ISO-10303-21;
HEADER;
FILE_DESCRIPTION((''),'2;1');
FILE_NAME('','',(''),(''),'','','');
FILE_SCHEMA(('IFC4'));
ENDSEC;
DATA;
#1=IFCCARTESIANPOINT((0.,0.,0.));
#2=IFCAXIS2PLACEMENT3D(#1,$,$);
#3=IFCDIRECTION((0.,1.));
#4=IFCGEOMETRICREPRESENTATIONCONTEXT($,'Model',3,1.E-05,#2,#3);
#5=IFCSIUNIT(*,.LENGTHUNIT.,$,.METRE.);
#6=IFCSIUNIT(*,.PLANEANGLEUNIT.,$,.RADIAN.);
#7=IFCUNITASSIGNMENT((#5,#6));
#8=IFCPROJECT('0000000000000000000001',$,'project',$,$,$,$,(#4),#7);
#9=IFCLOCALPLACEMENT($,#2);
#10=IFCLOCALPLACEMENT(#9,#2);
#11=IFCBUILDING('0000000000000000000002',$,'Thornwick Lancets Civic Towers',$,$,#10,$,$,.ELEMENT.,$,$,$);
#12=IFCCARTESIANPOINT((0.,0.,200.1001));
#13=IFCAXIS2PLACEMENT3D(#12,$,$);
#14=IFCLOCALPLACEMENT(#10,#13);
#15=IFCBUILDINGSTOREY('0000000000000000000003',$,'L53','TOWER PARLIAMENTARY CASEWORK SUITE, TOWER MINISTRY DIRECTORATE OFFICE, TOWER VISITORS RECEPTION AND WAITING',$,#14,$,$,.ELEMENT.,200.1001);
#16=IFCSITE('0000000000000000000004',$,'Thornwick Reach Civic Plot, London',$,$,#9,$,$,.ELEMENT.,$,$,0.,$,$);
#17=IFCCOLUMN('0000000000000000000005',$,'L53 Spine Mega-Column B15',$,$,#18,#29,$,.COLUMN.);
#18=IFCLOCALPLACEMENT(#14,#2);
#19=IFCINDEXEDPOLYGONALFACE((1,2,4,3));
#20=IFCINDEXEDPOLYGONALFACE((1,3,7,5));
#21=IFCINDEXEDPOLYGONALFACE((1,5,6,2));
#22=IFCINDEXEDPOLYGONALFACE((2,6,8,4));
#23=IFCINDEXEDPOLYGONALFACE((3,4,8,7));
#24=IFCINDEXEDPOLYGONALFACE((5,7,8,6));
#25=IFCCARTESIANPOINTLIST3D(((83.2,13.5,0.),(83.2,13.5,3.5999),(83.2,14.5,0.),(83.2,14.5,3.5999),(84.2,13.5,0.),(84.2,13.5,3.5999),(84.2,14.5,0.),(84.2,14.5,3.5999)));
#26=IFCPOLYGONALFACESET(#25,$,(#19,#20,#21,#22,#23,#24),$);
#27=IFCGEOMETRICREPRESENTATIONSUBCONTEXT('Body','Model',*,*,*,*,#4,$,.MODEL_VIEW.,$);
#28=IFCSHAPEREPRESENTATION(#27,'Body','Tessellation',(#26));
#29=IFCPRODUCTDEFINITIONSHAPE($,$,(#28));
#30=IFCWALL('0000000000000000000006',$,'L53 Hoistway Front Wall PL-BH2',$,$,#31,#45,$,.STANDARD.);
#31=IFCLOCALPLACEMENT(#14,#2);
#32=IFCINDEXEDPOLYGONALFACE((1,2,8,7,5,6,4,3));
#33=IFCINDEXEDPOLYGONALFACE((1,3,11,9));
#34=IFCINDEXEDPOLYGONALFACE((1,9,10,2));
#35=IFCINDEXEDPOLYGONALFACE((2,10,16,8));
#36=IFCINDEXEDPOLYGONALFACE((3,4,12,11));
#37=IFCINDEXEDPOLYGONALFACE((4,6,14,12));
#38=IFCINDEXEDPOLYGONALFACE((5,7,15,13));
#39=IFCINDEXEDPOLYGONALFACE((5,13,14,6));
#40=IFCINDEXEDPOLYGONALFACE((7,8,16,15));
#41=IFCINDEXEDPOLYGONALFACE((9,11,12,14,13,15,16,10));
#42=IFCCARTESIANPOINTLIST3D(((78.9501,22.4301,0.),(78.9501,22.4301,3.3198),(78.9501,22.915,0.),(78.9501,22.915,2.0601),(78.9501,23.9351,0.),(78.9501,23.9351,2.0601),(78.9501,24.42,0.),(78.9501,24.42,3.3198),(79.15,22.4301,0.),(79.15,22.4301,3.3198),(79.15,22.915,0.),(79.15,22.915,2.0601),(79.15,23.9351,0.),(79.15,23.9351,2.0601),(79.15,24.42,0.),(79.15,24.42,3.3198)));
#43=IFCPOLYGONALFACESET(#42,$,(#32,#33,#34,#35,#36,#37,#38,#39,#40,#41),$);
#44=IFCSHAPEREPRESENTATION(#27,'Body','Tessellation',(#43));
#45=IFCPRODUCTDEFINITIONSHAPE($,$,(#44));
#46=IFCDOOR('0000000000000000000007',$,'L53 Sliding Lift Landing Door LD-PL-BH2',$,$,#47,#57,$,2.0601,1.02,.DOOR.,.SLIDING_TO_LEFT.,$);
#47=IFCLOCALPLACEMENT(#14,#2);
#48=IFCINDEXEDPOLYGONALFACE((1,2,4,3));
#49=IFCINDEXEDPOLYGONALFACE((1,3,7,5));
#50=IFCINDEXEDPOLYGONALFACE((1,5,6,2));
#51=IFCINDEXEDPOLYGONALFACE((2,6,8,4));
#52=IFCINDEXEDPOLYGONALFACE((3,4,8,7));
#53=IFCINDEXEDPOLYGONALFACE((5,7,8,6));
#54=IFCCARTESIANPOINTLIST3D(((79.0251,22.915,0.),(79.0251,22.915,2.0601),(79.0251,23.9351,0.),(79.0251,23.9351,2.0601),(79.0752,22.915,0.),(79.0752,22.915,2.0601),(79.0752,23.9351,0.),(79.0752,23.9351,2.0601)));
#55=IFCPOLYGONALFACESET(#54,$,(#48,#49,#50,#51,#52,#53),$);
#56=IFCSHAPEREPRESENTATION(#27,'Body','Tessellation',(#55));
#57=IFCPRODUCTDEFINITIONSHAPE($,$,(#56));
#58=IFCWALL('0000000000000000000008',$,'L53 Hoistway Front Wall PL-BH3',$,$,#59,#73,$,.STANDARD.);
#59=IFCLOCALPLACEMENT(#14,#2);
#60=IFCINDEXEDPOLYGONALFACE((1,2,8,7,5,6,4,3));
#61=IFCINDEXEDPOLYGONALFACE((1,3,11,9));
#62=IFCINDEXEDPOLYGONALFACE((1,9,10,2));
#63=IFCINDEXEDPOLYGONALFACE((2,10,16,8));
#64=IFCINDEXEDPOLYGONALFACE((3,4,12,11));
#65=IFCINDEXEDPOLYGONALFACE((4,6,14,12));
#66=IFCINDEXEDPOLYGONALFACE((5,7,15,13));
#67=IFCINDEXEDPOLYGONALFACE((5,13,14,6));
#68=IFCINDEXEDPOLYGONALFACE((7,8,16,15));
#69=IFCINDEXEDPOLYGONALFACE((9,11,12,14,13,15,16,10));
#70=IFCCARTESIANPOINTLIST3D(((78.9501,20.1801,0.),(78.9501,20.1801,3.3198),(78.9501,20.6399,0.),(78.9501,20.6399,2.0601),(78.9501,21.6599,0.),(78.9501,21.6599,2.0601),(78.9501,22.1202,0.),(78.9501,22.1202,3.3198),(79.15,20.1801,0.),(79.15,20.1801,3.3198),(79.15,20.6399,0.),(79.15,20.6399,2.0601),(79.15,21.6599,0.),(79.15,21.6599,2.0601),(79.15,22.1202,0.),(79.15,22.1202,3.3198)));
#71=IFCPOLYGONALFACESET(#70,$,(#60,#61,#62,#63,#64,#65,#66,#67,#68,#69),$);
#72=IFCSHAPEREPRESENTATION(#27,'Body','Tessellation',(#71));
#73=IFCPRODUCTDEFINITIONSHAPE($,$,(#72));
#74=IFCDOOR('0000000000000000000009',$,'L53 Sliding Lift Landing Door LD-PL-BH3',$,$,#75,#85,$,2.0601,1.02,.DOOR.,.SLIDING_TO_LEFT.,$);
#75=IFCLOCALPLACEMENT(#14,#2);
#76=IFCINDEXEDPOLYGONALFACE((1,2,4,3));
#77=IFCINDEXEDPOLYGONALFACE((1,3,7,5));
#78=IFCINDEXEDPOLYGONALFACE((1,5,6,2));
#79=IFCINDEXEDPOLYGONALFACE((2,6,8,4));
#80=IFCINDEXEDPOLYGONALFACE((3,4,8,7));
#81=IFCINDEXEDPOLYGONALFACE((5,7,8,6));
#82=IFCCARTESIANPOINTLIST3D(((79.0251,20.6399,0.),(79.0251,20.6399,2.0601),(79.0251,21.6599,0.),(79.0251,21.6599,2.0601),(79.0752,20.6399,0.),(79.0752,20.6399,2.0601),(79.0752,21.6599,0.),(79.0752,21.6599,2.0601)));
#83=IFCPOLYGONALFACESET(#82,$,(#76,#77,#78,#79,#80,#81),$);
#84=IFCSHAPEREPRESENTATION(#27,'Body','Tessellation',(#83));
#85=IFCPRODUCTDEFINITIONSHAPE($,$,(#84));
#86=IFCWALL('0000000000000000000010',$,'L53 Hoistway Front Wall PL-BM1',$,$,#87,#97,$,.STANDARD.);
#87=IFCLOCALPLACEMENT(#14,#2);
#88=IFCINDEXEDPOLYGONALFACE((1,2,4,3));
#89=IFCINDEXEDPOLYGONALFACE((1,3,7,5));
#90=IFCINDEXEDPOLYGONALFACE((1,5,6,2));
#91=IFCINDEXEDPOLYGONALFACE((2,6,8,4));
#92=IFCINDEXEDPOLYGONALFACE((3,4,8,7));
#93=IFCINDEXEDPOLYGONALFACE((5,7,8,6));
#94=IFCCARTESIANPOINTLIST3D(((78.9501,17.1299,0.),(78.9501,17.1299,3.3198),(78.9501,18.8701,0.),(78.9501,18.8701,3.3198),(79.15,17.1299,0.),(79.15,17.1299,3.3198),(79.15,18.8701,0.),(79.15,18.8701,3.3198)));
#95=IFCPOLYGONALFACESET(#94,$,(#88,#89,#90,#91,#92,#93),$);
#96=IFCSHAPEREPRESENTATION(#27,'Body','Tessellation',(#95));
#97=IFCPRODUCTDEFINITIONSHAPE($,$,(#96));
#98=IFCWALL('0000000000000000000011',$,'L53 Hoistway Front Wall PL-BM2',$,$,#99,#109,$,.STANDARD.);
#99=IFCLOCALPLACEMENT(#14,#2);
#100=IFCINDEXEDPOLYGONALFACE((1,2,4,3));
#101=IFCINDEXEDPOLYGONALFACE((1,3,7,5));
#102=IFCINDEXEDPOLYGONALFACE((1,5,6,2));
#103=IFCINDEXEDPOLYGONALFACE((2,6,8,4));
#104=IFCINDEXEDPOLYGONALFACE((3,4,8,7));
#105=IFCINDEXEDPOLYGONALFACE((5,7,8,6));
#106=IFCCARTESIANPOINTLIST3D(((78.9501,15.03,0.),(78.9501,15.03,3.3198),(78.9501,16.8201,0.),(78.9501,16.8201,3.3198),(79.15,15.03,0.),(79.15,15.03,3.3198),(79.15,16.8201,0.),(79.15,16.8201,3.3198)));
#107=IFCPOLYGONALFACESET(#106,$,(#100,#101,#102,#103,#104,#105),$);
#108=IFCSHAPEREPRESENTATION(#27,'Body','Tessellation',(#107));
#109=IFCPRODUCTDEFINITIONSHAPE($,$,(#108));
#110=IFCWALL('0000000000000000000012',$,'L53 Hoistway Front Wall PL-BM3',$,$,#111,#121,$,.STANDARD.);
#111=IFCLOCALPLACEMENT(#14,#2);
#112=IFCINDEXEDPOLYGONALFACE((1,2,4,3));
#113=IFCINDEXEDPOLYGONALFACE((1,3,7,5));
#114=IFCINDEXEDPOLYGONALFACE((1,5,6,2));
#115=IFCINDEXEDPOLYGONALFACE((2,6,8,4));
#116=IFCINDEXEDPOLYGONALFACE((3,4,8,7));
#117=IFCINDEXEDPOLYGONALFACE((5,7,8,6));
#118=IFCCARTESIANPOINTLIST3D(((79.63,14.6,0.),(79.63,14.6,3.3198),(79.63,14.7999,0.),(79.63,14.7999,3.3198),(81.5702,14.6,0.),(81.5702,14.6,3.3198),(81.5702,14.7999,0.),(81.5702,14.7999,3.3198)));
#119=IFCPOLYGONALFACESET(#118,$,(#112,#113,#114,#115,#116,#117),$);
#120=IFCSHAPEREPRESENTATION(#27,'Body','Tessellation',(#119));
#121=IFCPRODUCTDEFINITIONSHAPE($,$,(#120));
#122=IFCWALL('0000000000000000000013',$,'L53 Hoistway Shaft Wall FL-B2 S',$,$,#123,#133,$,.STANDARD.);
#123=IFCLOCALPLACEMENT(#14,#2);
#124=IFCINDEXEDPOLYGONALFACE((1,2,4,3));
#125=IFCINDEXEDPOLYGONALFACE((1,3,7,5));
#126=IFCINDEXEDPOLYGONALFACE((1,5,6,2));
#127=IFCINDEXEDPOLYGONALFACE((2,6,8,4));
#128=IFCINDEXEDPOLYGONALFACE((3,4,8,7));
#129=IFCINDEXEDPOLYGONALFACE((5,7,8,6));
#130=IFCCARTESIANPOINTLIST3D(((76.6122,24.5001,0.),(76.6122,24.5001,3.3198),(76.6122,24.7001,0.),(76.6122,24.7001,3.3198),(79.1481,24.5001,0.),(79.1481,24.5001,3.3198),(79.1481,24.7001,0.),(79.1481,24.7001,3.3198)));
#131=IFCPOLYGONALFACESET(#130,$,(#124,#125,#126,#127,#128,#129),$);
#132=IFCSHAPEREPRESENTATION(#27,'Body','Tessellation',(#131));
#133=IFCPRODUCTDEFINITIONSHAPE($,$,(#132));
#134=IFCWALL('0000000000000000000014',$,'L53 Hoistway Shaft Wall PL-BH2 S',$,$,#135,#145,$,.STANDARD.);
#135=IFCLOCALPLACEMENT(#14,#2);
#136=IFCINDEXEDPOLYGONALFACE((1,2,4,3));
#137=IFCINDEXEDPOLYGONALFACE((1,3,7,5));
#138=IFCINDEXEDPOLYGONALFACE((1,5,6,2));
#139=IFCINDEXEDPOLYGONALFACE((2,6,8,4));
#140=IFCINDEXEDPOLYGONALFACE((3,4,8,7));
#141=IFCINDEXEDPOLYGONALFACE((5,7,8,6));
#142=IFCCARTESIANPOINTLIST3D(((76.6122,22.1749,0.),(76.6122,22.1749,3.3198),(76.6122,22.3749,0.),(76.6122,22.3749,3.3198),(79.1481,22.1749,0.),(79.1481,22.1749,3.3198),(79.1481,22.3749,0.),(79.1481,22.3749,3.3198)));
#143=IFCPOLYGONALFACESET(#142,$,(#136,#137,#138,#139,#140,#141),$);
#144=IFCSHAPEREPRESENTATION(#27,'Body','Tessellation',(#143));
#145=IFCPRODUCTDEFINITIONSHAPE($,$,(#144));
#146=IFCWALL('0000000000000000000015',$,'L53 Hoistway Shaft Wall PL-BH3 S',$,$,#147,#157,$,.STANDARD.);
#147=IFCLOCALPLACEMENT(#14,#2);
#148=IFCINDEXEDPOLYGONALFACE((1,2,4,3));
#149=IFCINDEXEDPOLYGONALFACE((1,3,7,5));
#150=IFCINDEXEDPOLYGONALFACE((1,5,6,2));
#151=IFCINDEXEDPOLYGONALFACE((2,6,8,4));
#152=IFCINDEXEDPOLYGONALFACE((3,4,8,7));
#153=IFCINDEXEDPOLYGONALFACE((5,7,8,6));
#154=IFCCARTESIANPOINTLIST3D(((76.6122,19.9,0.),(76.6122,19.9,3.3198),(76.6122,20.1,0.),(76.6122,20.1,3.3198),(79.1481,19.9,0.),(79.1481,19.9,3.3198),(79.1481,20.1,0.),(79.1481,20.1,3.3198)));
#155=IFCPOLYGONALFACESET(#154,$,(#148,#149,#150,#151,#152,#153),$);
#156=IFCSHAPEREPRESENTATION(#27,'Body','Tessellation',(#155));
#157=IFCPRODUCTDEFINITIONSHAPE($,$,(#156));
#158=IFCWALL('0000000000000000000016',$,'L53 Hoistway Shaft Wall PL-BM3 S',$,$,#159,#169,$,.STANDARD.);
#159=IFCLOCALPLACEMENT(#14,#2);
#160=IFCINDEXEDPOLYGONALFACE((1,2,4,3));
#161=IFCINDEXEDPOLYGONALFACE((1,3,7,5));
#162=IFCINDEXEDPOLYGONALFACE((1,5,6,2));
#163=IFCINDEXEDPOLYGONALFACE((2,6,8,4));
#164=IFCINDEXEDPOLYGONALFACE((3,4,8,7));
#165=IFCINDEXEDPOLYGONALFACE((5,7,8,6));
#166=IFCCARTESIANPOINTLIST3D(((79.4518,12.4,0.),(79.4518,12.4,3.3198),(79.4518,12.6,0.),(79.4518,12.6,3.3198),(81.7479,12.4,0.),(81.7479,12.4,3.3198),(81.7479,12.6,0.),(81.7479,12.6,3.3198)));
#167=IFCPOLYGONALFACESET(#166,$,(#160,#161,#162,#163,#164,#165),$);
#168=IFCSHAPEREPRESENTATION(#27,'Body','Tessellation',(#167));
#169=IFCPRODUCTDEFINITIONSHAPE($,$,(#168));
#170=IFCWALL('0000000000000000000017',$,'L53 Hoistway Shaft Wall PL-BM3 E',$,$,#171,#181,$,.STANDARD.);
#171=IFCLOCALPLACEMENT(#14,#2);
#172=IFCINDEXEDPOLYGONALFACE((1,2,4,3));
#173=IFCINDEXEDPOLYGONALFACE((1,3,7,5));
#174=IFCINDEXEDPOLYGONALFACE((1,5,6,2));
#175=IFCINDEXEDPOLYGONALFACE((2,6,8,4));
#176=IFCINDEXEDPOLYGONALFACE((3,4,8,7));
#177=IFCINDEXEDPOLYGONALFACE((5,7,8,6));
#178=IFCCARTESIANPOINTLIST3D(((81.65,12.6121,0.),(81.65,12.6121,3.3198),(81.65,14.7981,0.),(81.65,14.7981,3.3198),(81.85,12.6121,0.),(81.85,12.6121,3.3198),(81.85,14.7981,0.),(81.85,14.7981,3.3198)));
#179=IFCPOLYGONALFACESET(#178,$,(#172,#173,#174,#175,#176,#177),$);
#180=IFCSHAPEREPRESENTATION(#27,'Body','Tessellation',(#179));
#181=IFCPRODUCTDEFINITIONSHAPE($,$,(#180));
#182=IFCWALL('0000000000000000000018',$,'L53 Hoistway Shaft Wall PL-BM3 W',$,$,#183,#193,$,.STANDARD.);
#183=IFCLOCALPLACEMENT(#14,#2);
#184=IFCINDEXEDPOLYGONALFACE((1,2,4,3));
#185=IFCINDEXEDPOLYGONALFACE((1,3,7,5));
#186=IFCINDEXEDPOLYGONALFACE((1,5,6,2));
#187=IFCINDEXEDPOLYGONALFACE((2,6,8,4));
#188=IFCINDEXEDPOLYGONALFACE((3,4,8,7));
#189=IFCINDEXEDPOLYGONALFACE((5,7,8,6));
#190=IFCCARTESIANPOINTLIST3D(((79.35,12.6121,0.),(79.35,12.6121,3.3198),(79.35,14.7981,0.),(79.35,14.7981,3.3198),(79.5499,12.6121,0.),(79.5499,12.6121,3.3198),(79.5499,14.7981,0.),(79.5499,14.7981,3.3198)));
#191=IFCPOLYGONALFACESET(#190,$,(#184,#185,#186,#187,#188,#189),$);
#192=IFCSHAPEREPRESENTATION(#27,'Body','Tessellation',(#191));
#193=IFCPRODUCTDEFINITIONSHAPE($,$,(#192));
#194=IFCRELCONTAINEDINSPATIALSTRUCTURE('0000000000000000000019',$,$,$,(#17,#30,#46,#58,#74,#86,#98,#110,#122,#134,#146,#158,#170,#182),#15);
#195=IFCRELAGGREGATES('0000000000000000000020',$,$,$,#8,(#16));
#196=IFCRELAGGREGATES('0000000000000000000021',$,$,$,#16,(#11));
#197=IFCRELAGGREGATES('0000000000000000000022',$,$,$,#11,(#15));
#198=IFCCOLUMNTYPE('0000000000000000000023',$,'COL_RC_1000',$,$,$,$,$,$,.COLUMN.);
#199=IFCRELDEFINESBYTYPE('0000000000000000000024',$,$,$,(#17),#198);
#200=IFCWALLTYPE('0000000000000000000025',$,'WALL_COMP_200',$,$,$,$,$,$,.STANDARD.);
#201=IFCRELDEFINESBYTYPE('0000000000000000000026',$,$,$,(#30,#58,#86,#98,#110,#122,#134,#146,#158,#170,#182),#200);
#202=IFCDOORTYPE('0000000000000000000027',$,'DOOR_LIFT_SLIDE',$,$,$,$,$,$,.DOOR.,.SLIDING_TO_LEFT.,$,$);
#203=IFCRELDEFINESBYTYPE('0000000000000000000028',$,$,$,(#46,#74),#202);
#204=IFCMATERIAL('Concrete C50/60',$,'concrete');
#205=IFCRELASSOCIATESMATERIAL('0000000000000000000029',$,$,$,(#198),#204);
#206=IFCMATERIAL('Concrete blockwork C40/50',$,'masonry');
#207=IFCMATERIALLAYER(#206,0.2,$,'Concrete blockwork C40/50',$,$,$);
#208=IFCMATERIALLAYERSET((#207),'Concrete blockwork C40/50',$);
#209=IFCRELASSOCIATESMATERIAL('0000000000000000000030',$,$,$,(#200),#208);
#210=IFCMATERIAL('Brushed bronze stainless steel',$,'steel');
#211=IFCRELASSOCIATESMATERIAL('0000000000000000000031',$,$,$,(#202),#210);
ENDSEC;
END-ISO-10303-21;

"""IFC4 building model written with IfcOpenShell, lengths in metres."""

from ifc_helpers import new_model, si_unit, direction, frame, frame_2d, origin, origin_2d, place, context, subcontext, project, spatial, rectangle, extrude, material, layer, layer_set, material_profile, profile_set, type_object, element, fill, save


model = new_model("IFC4")

# Units and contexts
model_context = context("Model", 3, precision=1e-05, world=origin(), true_north=direction((0.0, 1.0)))
body_context = subcontext(model_context, "Body", "Model", "MODEL_VIEW")
ifc_project = project(units=[si_unit("LENGTHUNIT", "METRE"), si_unit("PLANEANGLEUNIT", "RADIAN")], contexts=[model_context])

# Site, building, storey
site_placement = place(None, origin())
site = spatial("IfcSite", under=ifc_project, at=site_placement, Name="Thornwick Reach Civic Plot, London", CompositionType="ELEMENT", RefElevation=0.0)
building_placement = place(site_placement, origin())
building = spatial("IfcBuilding", under=site, at=building_placement, Name="Thornwick Lancets Civic Towers", CompositionType="ELEMENT")
storey_placement = place(building_placement, frame((0.0, 0.0, 200.1001)))
storey = spatial("IfcBuildingStorey", under=building, at=storey_placement, Name="L53", Description="TOWER PARLIAMENTARY CASEWORK SUITE, TOWER MINISTRY DIRECTORATE OFFICE, TOWER VISITORS RECEPTION AND WAITING", CompositionType="ELEMENT", Elevation=200.1001)

# Column
ifc_material_1 = material(Name="Concrete C50/60", Category="concrete")
ifc_material_profile = material_profile(ifc_material_1, rectangle(XDim=1.0, YDim=1.0, at=origin_2d()), Name="RC 1000x1000")
ifc_profile_set = profile_set([ifc_material_profile], Name="Concrete C50/60")
column_type = type_object("IfcColumnType", Name="COL_RC_1000", PredefinedType="COLUMN", material=ifc_profile_set)
column_placement = place(storey_placement, frame((83.7, 14.0, 0.0), z_axis=(0.0, 0.0, 1.0), x_axis=(1.0, 0.0, 0.0)))
element("IfcColumn", 1, at=column_placement, inside=storey, type_object=column_type, Name="L53 Spine Mega-Column B15", PredefinedType="COLUMN", context=body_context, shape_type="SweptSolid", body=[
    extrude(rectangle(XDim=1.0, YDim=1.0, at=origin_2d()), origin(), (0.0, 0.0, 1.0), 3.5999),
])

# Walls, openings, doors
ifc_material_2 = material(Name="Concrete blockwork C40/50", Category="masonry")
ifc_layer_1 = layer(ifc_material_2, 0.2, Name="Concrete blockwork C40/50")
ifc_layer_set_1 = layer_set([ifc_layer_1], Name="Concrete blockwork C40/50")
wall_type_1 = type_object("IfcWallType", Name="WALL_COMP_200", PredefinedType="STANDARD", material=ifc_layer_set_1)
wall_1_placement = place(storey_placement, frame((79.05, 22.4299, 0.0), z_axis=(0.0, 0.0, 1.0), x_axis=(0.0, 1.0, 0.0)))
wall_1 = element("IfcWall", 2, at=wall_1_placement, inside=storey, type_object=wall_type_1, Name="L53 Hoistway Front Wall PL-BH2", PredefinedType="STANDARD", context=body_context, shape_type="SweptSolid", body=[
    extrude(rectangle(XDim=1.99, YDim=0.2, at=frame_2d((0.9951, 0.0))), origin(), (0.0, 0.0, 1.0), 3.3198),
])
opening_1_placement = place(wall_1_placement, frame((0.4851, 0.0, 0.0)))
opening_1 = element("IfcOpeningElement", 3, at=opening_1_placement, cuts=wall_1, PredefinedType="OPENING", context=body_context, shape_type="SweptSolid", body=[
    extrude(rectangle(XDim=1.02, YDim=2.0601, at=frame_2d((0.51, 1.03))), frame((0.0, 0.1099, 0.0), z_axis=(0.0, -1.0, 0.0), x_axis=(1.0, 0.0, 0.0)), (0.0, 0.0, 1.0), 0.22),
])
ifc_material_3 = material(Name="Brushed bronze stainless steel", Category="steel")
door_type_1 = type_object("IfcDoorType", Name="DOOR_LIFT_SLIDE", OperationType="SLIDING_TO_LEFT", PredefinedType="DOOR", material=ifc_material_3)
door_1_placement = place(opening_1_placement, origin())
door_1 = element("IfcDoor", 4, at=door_1_placement, inside=storey, type_object=door_type_1, Name="L53 Sliding Lift Landing Door LD-PL-BH2", OperationType="SLIDING_TO_LEFT", OverallHeight=2.0601, OverallWidth=1.02, PredefinedType="DOOR", context=body_context, shape_type="SweptSolid", body=[
    extrude(rectangle(XDim=1.02, YDim=2.0601, at=frame_2d((0.51, 1.03))), frame((0.0, 0.0249, 0.0), z_axis=(0.0, -1.0, 0.0), x_axis=(1.0, 0.0, 0.0)), (0.0, 0.0, 1.0), 0.05),
])
fill(opening_1, door_1)
wall_2_placement = place(storey_placement, frame((79.05, 20.1799, 0.0), z_axis=(0.0, 0.0, 1.0), x_axis=(0.0, 1.0, 0.0)))
wall_2 = element("IfcWall", 5, at=wall_2_placement, inside=storey, type_object=wall_type_1, Name="L53 Hoistway Front Wall PL-BH3", PredefinedType="STANDARD", context=body_context, shape_type="SweptSolid", body=[
    extrude(rectangle(XDim=1.9402, YDim=0.2, at=frame_2d((0.9702, 0.0))), origin(), (0.0, 0.0, 1.0), 3.3198),
])
opening_2_placement = place(wall_2_placement, frame((0.46, 0.0, 0.0)))
opening_2 = element("IfcOpeningElement", 6, at=opening_2_placement, cuts=wall_2, PredefinedType="OPENING", context=body_context, shape_type="SweptSolid", body=[
    extrude(rectangle(XDim=1.02, YDim=2.0601, at=frame_2d((0.51, 1.03))), frame((0.0, 0.1099, 0.0), z_axis=(0.0, -1.0, 0.0), x_axis=(1.0, 0.0, 0.0)), (0.0, 0.0, 1.0), 0.22),
])
door_2_placement = place(opening_2_placement, origin())
door_2 = element("IfcDoor", 7, at=door_2_placement, inside=storey, type_object=door_type_1, Name="L53 Sliding Lift Landing Door LD-PL-BH3", OperationType="SLIDING_TO_LEFT", OverallHeight=2.0601, OverallWidth=1.02, PredefinedType="DOOR", context=body_context, shape_type="SweptSolid", body=[
    extrude(rectangle(XDim=1.02, YDim=2.0601, at=frame_2d((0.51, 1.03))), frame((0.0, 0.0249, 0.0), z_axis=(0.0, -1.0, 0.0), x_axis=(1.0, 0.0, 0.0)), (0.0, 0.0, 1.0), 0.05),
])
fill(opening_2, door_2)

# Walls
wall_3_placement = place(storey_placement, frame((79.05, 17.1299, 0.0), z_axis=(0.0, 0.0, 1.0), x_axis=(0.0, 1.0, 0.0)))
element("IfcWall", 8, at=wall_3_placement, inside=storey, type_object=wall_type_1, Name="L53 Hoistway Front Wall PL-BM1", PredefinedType="STANDARD", context=body_context, shape_type="SweptSolid", body=[
    extrude(rectangle(XDim=1.7402, YDim=0.2, at=frame_2d((0.8701, 0.0))), origin(), (0.0, 0.0, 1.0), 3.3198),
])
wall_4_placement = place(storey_placement, frame((79.05, 15.03, 0.0), z_axis=(0.0, 0.0, 1.0), x_axis=(0.0, 1.0, 0.0)))
element("IfcWall", 9, at=wall_4_placement, inside=storey, type_object=wall_type_1, Name="L53 Hoistway Front Wall PL-BM2", PredefinedType="STANDARD", context=body_context, shape_type="SweptSolid", body=[
    extrude(rectangle(XDim=1.79, YDim=0.2, at=frame_2d((0.895, 0.0))), origin(), (0.0, 0.0, 1.0), 3.3198),
])
wall_5_placement = place(storey_placement, frame((79.6299, 14.7, 0.0), z_axis=(0.0, 0.0, 1.0), x_axis=(1.0, 0.0, 0.0)))
element("IfcWall", 10, at=wall_5_placement, inside=storey, type_object=wall_type_1, Name="L53 Hoistway Front Wall PL-BM3", PredefinedType="STANDARD", context=body_context, shape_type="SweptSolid", body=[
    extrude(rectangle(XDim=1.9402, YDim=0.2, at=frame_2d((0.9702, 0.0))), origin(), (0.0, 0.0, 1.0), 3.3198),
])
for number, where, z_axis, x_axis, name in (
    (11, (76.6121, 24.6001, 0.0), (0.0, 0.0, 1.0), (1.0, 0.0, 0.0), "L53 Hoistway Shaft Wall FL-B2 S"),
    (12, (76.6121, 22.2749, 0.0), (0.0, 0.0, 1.0), (1.0, 0.0, 0.0), "L53 Hoistway Shaft Wall PL-BH2 S"),
    (13, (76.6121, 20.0, 0.0), (0.0, 0.0, 1.0), (1.0, 0.0, 0.0), "L53 Hoistway Shaft Wall PL-BH3 S"),
):
    element("IfcWall", number, at=place(storey_placement, frame(where, z_axis=z_axis, x_axis=x_axis)), inside=storey, type_object=wall_type_1, Name=name, PredefinedType="STANDARD", context=body_context, shape_type="SweptSolid", body=[
        extrude(rectangle(XDim=2.5359, YDim=0.2, at=frame_2d((1.2681, 0.0))), origin(), (0.0, 0.0, 1.0), 3.3198),
    ])
wall_6_placement = place(storey_placement, frame((79.4519, 12.5, 0.0), z_axis=(0.0, 0.0, 1.0), x_axis=(1.0, 0.0, 0.0)))
element("IfcWall", 14, at=wall_6_placement, inside=storey, type_object=wall_type_1, Name="L53 Hoistway Shaft Wall PL-BM3 S", PredefinedType="STANDARD", context=body_context, shape_type="SweptSolid", body=[
    extrude(rectangle(XDim=2.2961, YDim=0.2, at=frame_2d((1.1479, 0.0))), origin(), (0.0, 0.0, 1.0), 3.3198),
])
for number, where, z_axis, x_axis, name in (
    (15, (81.75, 12.6121, 0.0), (0.0, 0.0, 1.0), (0.0, 1.0, 0.0), "L53 Hoistway Shaft Wall PL-BM3 E"),
    (16, (79.45, 12.6121, 0.0), (0.0, 0.0, 1.0), (0.0, 1.0, 0.0), "L53 Hoistway Shaft Wall PL-BM3 W"),
):
    element("IfcWall", number, at=place(storey_placement, frame(where, z_axis=z_axis, x_axis=x_axis)), inside=storey, type_object=wall_type_1, Name=name, PredefinedType="STANDARD", context=body_context, shape_type="SweptSolid", body=[
        extrude(rectangle(XDim=2.186, YDim=0.2, at=frame_2d((1.093, 0.0))), origin(), (0.0, 0.0, 1.0), 3.3198),
    ])

save(model, "model.ifc")
